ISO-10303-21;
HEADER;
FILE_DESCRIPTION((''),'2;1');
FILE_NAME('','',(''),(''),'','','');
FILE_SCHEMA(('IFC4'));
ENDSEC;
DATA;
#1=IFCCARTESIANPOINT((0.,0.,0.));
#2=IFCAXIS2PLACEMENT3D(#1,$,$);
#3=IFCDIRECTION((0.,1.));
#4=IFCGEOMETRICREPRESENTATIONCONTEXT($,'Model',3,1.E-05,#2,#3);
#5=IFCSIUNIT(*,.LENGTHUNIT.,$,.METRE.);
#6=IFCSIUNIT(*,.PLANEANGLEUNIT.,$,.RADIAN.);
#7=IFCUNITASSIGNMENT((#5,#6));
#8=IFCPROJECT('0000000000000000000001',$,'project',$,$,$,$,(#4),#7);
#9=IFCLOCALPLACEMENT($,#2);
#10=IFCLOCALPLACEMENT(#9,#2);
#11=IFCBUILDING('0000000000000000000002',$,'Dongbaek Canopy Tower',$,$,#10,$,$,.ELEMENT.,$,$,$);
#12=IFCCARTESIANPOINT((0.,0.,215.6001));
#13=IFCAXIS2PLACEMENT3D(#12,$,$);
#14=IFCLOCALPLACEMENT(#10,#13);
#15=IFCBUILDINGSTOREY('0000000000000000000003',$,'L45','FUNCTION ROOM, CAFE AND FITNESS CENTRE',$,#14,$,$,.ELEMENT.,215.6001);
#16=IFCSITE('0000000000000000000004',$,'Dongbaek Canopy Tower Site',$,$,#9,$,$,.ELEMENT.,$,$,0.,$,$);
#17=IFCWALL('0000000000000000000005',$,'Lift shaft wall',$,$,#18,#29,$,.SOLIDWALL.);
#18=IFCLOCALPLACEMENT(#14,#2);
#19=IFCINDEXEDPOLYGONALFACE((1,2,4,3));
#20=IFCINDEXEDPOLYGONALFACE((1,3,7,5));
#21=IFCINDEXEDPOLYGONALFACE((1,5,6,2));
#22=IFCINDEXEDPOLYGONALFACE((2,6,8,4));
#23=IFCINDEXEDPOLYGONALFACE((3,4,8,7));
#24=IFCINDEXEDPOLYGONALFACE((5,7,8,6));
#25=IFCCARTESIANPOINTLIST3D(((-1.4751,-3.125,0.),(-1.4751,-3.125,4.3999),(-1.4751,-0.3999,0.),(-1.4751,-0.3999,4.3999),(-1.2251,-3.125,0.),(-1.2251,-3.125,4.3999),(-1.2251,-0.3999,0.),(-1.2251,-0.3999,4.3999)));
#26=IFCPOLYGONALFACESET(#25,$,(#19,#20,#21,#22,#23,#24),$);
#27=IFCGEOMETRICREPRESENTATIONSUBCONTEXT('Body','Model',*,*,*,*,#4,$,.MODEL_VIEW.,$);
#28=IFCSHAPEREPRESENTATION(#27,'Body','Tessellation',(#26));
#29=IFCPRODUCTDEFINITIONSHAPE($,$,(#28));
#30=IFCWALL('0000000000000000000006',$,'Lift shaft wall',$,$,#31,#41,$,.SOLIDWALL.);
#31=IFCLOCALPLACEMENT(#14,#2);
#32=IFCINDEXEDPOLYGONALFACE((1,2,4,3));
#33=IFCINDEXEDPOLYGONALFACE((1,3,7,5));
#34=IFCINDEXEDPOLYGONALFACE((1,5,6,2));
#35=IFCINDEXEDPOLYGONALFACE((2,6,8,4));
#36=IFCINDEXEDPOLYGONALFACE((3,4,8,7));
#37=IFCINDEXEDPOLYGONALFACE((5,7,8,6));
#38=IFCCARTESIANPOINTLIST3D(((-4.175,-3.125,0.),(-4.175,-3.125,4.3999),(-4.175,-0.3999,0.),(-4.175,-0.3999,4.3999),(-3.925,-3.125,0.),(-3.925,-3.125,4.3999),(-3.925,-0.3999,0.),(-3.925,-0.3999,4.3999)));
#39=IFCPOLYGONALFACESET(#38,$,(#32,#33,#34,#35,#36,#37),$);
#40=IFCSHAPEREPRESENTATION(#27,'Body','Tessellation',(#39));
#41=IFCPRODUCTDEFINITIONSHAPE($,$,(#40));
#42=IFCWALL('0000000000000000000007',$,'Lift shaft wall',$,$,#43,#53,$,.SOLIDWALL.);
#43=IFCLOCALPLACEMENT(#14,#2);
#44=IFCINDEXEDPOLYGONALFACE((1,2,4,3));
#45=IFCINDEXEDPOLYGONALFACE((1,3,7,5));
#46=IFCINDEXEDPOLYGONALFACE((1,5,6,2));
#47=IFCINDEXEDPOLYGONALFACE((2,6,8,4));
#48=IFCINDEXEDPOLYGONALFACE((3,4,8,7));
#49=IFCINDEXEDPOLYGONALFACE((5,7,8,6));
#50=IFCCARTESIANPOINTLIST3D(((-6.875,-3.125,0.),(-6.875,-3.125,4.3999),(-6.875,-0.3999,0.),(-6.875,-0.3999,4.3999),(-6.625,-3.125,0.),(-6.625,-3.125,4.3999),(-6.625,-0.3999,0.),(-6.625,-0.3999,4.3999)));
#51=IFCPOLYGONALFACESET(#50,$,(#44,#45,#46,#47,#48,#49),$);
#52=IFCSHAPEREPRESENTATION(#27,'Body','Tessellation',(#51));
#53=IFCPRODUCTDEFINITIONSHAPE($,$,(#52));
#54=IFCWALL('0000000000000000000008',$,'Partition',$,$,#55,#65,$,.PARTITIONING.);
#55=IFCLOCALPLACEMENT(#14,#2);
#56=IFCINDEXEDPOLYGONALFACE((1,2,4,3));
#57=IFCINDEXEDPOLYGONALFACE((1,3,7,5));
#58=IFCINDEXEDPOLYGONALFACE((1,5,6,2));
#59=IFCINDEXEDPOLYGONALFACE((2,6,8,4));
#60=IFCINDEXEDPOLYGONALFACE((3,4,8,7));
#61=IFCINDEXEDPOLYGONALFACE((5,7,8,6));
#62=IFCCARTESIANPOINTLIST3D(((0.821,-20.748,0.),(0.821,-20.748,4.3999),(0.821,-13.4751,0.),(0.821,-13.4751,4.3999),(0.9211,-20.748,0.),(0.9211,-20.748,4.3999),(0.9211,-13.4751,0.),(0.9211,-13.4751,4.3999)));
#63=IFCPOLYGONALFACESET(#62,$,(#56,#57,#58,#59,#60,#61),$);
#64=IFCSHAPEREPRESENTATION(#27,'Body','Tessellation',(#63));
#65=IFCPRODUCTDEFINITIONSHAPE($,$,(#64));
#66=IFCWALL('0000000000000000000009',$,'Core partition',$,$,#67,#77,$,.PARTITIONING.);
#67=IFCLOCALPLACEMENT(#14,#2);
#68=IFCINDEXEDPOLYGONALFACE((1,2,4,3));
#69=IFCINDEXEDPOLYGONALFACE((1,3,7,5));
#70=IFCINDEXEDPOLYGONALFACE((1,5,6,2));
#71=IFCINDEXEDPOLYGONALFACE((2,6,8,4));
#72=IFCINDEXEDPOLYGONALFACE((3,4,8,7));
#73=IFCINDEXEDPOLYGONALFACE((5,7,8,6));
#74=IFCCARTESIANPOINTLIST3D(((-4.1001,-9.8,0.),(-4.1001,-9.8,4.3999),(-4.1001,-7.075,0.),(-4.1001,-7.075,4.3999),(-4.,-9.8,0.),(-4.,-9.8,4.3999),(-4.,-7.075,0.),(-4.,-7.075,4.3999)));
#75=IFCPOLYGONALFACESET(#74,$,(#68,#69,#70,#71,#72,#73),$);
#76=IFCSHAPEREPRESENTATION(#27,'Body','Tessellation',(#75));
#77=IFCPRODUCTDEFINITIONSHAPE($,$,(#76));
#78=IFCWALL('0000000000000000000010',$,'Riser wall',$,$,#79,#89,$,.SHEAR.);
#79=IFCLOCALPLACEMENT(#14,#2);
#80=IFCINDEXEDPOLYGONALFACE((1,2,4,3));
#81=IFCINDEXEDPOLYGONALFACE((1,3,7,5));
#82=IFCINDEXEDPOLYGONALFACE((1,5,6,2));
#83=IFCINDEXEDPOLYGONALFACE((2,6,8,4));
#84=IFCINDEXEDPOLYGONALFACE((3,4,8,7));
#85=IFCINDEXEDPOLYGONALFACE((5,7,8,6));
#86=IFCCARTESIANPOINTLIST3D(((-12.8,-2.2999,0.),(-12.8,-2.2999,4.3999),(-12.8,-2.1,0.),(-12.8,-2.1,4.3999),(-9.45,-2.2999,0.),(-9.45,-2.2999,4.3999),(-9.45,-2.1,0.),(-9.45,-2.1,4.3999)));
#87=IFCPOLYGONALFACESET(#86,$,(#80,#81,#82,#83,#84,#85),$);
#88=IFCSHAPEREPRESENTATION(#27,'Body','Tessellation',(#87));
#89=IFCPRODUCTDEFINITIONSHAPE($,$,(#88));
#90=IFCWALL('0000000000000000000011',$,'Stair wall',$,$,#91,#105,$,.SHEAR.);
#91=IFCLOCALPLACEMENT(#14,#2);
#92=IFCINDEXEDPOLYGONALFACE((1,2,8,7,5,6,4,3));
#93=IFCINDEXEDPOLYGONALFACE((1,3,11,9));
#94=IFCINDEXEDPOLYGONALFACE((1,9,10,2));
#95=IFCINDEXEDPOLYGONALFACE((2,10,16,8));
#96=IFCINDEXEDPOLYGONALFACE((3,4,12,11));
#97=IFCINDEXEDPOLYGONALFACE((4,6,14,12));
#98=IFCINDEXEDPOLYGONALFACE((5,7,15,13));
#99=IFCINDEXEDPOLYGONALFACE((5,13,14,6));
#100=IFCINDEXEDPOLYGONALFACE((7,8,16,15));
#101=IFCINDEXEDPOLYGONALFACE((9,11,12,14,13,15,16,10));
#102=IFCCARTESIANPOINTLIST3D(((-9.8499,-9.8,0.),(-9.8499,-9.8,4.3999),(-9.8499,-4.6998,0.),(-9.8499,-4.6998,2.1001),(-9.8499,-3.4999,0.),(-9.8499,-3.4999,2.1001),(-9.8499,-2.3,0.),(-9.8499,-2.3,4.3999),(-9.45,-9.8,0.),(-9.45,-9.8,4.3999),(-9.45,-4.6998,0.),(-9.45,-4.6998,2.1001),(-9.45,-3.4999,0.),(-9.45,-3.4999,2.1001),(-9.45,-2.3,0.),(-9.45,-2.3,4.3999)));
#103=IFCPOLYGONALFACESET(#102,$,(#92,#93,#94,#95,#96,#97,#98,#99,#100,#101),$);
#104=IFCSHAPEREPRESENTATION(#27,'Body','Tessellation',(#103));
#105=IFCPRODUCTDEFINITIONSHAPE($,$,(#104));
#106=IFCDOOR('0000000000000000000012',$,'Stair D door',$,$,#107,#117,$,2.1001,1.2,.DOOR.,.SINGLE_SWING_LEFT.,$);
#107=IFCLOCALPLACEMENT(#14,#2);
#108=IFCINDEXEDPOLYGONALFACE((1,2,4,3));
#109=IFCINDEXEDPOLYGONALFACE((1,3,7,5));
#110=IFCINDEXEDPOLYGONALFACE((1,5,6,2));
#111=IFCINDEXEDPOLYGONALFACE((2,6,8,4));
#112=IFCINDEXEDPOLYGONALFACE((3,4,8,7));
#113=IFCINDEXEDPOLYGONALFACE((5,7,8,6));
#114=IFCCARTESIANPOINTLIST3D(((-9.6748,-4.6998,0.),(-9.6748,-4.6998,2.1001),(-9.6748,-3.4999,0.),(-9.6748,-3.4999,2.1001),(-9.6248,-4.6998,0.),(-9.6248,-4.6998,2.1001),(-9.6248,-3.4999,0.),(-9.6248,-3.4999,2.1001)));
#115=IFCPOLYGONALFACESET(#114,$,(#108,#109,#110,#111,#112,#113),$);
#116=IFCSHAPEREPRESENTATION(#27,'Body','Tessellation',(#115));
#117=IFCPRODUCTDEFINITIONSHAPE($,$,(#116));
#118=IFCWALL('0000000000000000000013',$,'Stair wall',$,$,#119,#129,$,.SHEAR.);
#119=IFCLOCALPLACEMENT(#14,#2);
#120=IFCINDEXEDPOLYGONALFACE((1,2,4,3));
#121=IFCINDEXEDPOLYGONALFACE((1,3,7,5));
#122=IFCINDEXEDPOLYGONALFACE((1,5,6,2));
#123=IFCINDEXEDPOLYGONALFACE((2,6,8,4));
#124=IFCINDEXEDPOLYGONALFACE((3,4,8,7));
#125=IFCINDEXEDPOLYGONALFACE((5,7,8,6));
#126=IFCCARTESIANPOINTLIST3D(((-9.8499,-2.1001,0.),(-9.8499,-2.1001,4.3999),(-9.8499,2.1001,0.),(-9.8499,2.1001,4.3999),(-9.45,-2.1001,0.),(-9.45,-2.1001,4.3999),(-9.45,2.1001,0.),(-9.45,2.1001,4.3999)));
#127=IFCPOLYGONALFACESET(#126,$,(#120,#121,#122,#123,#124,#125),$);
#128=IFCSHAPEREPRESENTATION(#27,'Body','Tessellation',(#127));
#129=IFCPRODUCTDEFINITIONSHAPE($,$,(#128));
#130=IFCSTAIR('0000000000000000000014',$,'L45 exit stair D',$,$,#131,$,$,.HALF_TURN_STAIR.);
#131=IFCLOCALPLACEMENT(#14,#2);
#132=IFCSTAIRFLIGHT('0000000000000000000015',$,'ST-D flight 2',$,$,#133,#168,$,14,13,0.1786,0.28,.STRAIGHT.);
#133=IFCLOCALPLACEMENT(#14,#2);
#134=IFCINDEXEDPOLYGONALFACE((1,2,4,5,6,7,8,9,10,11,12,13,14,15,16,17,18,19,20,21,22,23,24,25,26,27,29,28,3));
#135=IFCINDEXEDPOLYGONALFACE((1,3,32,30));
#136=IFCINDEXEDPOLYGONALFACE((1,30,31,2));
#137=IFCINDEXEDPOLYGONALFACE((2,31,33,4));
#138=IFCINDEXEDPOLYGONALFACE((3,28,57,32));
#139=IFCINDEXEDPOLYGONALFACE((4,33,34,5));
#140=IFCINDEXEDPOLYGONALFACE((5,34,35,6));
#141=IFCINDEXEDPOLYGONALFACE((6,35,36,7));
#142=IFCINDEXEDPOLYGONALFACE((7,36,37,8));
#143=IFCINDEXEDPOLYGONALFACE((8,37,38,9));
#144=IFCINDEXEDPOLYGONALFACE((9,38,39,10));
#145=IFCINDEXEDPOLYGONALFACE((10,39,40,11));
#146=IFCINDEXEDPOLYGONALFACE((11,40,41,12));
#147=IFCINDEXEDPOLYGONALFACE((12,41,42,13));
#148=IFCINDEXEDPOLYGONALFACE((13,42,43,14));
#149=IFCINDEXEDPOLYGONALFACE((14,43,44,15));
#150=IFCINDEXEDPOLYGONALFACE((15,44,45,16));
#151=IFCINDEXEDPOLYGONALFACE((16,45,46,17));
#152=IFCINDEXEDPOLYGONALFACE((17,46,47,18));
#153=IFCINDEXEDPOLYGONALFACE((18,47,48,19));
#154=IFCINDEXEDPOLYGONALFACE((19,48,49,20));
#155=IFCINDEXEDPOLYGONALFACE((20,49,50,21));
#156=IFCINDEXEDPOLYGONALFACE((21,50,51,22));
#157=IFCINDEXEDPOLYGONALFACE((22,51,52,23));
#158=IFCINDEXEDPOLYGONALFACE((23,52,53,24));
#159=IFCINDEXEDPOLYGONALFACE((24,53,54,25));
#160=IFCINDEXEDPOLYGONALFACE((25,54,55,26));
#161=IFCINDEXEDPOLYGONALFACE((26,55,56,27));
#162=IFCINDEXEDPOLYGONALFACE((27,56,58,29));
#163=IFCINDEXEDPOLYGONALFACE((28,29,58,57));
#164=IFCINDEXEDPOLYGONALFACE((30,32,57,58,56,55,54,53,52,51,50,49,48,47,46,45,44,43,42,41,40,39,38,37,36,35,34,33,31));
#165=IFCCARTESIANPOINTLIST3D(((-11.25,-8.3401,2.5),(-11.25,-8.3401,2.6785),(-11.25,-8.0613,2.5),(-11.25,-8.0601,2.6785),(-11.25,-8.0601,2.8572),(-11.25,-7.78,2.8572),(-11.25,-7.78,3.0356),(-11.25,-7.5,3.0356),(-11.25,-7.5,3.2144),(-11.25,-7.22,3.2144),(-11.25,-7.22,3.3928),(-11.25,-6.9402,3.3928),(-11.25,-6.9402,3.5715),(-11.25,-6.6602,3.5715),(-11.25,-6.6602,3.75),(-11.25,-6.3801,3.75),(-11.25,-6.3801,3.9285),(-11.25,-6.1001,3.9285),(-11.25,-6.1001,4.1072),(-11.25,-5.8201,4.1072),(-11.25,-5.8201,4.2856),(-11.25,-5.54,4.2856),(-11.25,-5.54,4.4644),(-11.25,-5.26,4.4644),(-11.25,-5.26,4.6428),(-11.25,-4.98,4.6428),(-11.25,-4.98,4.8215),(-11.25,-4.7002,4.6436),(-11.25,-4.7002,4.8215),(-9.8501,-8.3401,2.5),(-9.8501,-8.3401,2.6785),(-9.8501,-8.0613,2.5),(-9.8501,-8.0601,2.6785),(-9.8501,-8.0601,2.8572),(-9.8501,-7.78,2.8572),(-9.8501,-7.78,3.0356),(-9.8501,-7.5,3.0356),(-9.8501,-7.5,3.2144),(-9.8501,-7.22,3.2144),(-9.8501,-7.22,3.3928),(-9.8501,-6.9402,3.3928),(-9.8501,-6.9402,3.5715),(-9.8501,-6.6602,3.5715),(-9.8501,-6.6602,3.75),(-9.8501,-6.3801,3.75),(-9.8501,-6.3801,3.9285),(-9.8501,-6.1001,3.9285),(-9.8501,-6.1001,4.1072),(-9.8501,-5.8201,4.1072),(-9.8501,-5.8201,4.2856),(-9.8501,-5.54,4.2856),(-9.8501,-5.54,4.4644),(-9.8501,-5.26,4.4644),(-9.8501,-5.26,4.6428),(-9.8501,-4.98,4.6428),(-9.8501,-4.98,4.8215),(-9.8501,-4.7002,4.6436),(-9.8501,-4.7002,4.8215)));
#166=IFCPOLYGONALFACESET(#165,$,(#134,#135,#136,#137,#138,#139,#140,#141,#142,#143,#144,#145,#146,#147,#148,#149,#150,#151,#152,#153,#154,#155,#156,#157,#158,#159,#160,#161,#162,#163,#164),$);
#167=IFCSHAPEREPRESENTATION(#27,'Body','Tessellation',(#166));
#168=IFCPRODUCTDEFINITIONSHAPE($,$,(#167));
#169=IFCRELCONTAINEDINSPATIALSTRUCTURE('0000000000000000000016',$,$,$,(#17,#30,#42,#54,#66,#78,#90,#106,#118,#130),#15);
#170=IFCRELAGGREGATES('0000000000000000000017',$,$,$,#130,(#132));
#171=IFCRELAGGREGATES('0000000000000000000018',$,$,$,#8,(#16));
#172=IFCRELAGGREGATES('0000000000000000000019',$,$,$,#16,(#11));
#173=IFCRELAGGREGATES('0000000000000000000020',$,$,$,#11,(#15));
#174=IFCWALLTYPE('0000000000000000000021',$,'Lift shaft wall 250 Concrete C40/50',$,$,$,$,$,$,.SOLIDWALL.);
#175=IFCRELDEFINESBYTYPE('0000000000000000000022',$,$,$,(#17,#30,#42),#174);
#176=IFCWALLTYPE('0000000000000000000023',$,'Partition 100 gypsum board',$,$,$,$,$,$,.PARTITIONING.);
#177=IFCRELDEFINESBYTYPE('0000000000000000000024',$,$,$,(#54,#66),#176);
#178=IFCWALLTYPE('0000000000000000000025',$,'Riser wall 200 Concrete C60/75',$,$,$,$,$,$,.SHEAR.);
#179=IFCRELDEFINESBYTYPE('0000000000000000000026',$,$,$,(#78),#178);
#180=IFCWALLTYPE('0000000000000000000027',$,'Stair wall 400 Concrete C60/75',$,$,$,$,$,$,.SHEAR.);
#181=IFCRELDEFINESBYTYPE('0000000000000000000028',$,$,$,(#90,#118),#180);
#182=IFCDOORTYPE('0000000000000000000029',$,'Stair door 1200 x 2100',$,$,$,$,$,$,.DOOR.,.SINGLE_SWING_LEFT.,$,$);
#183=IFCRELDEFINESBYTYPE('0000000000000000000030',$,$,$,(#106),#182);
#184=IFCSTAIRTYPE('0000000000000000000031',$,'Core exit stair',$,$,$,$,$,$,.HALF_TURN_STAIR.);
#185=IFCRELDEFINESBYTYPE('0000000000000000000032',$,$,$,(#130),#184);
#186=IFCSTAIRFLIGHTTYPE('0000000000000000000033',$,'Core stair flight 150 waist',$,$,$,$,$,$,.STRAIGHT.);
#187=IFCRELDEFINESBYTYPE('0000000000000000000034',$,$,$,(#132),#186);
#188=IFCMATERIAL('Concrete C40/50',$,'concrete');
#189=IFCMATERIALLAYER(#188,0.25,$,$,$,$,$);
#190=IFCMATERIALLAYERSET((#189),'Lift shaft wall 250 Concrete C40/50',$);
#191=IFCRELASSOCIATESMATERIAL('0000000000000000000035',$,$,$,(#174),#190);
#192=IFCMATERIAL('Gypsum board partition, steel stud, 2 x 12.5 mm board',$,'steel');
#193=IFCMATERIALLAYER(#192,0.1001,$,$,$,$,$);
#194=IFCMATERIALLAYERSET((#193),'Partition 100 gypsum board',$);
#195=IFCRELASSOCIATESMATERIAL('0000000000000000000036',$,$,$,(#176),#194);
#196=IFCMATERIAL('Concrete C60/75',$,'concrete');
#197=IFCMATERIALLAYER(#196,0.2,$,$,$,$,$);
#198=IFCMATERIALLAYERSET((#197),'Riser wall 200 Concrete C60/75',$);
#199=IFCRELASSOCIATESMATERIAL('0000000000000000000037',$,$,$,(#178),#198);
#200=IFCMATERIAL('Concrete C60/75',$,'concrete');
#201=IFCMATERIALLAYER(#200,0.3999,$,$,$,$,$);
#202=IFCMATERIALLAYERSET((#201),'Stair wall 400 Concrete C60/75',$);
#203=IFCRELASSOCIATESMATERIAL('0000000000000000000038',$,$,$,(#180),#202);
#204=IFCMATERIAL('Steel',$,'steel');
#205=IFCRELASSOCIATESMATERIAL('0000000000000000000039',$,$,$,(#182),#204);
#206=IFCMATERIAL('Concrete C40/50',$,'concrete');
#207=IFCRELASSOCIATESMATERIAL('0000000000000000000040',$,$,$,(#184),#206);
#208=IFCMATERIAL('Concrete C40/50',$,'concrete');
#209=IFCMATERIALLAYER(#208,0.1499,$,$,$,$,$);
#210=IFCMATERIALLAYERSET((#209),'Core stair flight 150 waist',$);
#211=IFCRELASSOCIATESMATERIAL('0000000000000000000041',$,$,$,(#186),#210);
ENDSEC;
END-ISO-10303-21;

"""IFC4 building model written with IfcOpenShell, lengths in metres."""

from ifc_helpers import new_model, si_unit, direction, frame, frame_2d, origin, place, context, subcontext, project, spatial, polyline, rectangle, outline, extrude, material, layer, layer_set, type_object, element, fill, aggregate, save


model = new_model("IFC4")

# Units and contexts
model_context = context("Model", 3, precision=1e-05, world=origin(), true_north=direction((0.0, 1.0)))
body_context = subcontext(model_context, "Body", "Model", "MODEL_VIEW")
ifc_project = project(units=[si_unit("LENGTHUNIT", "METRE"), si_unit("PLANEANGLEUNIT", "RADIAN")], contexts=[model_context])

# Site, building, storey
site_placement = place(None, origin())
site = spatial("IfcSite", under=ifc_project, at=site_placement, Name="Dongbaek Canopy Tower Site", CompositionType="ELEMENT", RefElevation=0.0)
building_placement = place(site_placement, origin())
building = spatial("IfcBuilding", under=site, at=building_placement, Name="Dongbaek Canopy Tower", CompositionType="ELEMENT")
storey_placement = place(building_placement, frame((0.0, 0.0, 215.6001)))
storey = spatial("IfcBuildingStorey", under=building, at=storey_placement, Name="L45", Description="FUNCTION ROOM, CAFE AND FITNESS CENTRE", CompositionType="ELEMENT", Elevation=215.6001)

# Walls
ifc_material_1 = material(Name="Concrete C40/50", Category="concrete")
ifc_layer_1 = layer(ifc_material_1, 0.25)
ifc_layer_set_1 = layer_set([ifc_layer_1], Name="Lift shaft wall 250 Concrete C40/50")
wall_type_1 = type_object("IfcWallType", Name="Lift shaft wall 250 Concrete C40/50", PredefinedType="SOLIDWALL", material=ifc_layer_set_1)
for number, where, z_axis, x_axis, name in (
    (1, (-1.3501, -3.125, 0.0), (0.0, 0.0, 1.0), (0.0, 1.0, 0.0), "Lift shaft wall"),
    (2, (-4.05, -3.125, 0.0), (0.0, 0.0, 1.0), (0.0, 1.0, 0.0), "Lift shaft wall"),
    (3, (-6.75, -3.125, 0.0), (0.0, 0.0, 1.0), (0.0, 1.0, 0.0), "Lift shaft wall"),
):
    element("IfcWall", number, at=place(storey_placement, frame(where, z_axis=z_axis, x_axis=x_axis)), inside=storey, type_object=wall_type_1, Name=name, PredefinedType="SOLIDWALL", context=body_context, shape_type="SweptSolid", body=[
        extrude(rectangle(XDim=2.7251, YDim=0.25, at=frame_2d((1.3625, 0.0))), origin(), (0.0, 0.0, 1.0), 4.3999),
    ])
ifc_material_2 = material(Name="Gypsum board partition, steel stud, 2 x 12.5 mm board", Category="steel")
ifc_layer_2 = layer(ifc_material_2, 0.1001)
ifc_layer_set_2 = layer_set([ifc_layer_2], Name="Partition 100 gypsum board")
wall_type_2 = type_object("IfcWallType", Name="Partition 100 gypsum board", PredefinedType="PARTITIONING", material=ifc_layer_set_2)
wall_1_placement = place(storey_placement, frame((0.8711, -20.748, 0.0), z_axis=(0.0, 0.0, 1.0), x_axis=(0.0, 1.0, 0.0)))
element("IfcWall", 4, at=wall_1_placement, inside=storey, type_object=wall_type_2, Name="Partition", PredefinedType="PARTITIONING", context=body_context, shape_type="SweptSolid", body=[
    extrude(rectangle(XDim=7.2729, YDim=0.1001, at=frame_2d((3.6365, 0.0))), origin(), (0.0, 0.0, 1.0), 4.3999),
])
wall_2_placement = place(storey_placement, frame((-4.05, -9.8, 0.0), z_axis=(0.0, 0.0, 1.0), x_axis=(0.0, 1.0, 0.0)))
element("IfcWall", 5, at=wall_2_placement, inside=storey, type_object=wall_type_2, Name="Core partition", PredefinedType="PARTITIONING", context=body_context, shape_type="SweptSolid", body=[
    extrude(rectangle(XDim=2.7251, YDim=0.1001, at=frame_2d((1.3625, 0.0))), origin(), (0.0, 0.0, 1.0), 4.3999),
])
ifc_material_3 = material(Name="Concrete C60/75", Category="concrete")
ifc_layer_3 = layer(ifc_material_3, 0.2)
ifc_layer_set_3 = layer_set([ifc_layer_3], Name="Riser wall 200 Concrete C60/75")
wall_type_3 = type_object("IfcWallType", Name="Riser wall 200 Concrete C60/75", PredefinedType="SHEAR", material=ifc_layer_set_3)
wall_3_placement = place(storey_placement, frame((-9.45, -2.2, 0.0), z_axis=(0.0, 0.0, 1.0), x_axis=(-1.0, 0.0, 0.0)))
element("IfcWall", 6, at=wall_3_placement, inside=storey, type_object=wall_type_3, Name="Riser wall", PredefinedType="SHEAR", context=body_context, shape_type="SweptSolid", body=[
    extrude(rectangle(XDim=3.3501, YDim=0.2, at=frame_2d((1.675, 0.0))), origin(), (0.0, 0.0, 1.0), 4.3999),
])

# Wall, opening, door
ifc_material_4 = material(Name="Concrete C60/75", Category="concrete")
ifc_layer_4 = layer(ifc_material_4, 0.3999)
ifc_layer_set_4 = layer_set([ifc_layer_4], Name="Stair wall 400 Concrete C60/75")
wall_type_4 = type_object("IfcWallType", Name="Stair wall 400 Concrete C60/75", PredefinedType="SHEAR", material=ifc_layer_set_4)
wall_4_placement = place(storey_placement, frame((-9.6499, -9.8, 0.0), z_axis=(0.0, 0.0, 1.0), x_axis=(0.0, 1.0, 0.0)))
wall_4 = element("IfcWall", 7, at=wall_4_placement, inside=storey, type_object=wall_type_4, Name="Stair wall", PredefinedType="SHEAR", context=body_context, shape_type="SweptSolid", body=[
    extrude(rectangle(XDim=7.5, YDim=0.3999, at=frame_2d((3.75, 0.0))), origin(), (0.0, 0.0, 1.0), 4.3999),
])
opening_1_placement = place(wall_4_placement, frame((5.1001, 0.0, 0.0)))
opening_1 = element("IfcOpeningElement", 8, at=opening_1_placement, cuts=wall_4, PredefinedType="OPENING", context=body_context, shape_type="SweptSolid", body=[
    extrude(rectangle(XDim=1.2, YDim=2.1001, at=frame_2d((0.6001, 1.05))), frame((0.0, 0.21, 0.0), z_axis=(0.0, -1.0, 0.0), x_axis=(1.0, 0.0, 0.0)), (0.0, 0.0, 1.0), 0.4199),
])
ifc_material_5 = material(Name="Steel", Category="steel")
door_type_1 = type_object("IfcDoorType", Name="Stair door 1200 x 2100", OperationType="SINGLE_SWING_LEFT", PredefinedType="DOOR", material=ifc_material_5)
door_1_placement = place(opening_1_placement, origin())
door_1 = element("IfcDoor", 9, at=door_1_placement, inside=storey, type_object=door_type_1, Name="Stair D door", OperationType="SINGLE_SWING_LEFT", OverallHeight=2.1001, OverallWidth=1.2, PredefinedType="DOOR", context=body_context, shape_type="SweptSolid", body=[
    extrude(rectangle(XDim=1.2, YDim=2.1001, at=frame_2d((0.6001, 1.05))), frame((0.0, 0.0249, 0.0), z_axis=(0.0, -1.0, 0.0), x_axis=(1.0, 0.0, 0.0)), (0.0, 0.0, 1.0), 0.05),
])
fill(opening_1, door_1)

# Wall
wall_5_placement = place(storey_placement, frame((-9.6499, -2.1001, 0.0), z_axis=(0.0, 0.0, 1.0), x_axis=(0.0, 1.0, 0.0)))
element("IfcWall", 10, at=wall_5_placement, inside=storey, type_object=wall_type_4, Name="Stair wall", PredefinedType="SHEAR", context=body_context, shape_type="SweptSolid", body=[
    extrude(rectangle(XDim=4.2002, YDim=0.3999, at=frame_2d((2.1001, 0.0))), origin(), (0.0, 0.0, 1.0), 4.3999),
])

# Stair, stair flight
ifc_material_6 = material(Name="Concrete C40/50", Category="concrete")
stair_type = type_object("IfcStairType", Name="Core exit stair", PredefinedType="HALF_TURN_STAIR", material=ifc_material_6)
stair_placement = place(storey_placement, origin())
stair = element("IfcStair", 11, at=stair_placement, inside=storey, type_object=stair_type, Name="L45 exit stair D", PredefinedType="HALF_TURN_STAIR")
ifc_material_7 = material(Name="Concrete C40/50", Category="concrete")
ifc_layer_5 = layer(ifc_material_7, 0.1499)
ifc_layer_set_5 = layer_set([ifc_layer_5], Name="Core stair flight 150 waist")
stair_flight_type = type_object("IfcStairFlightType", Name="Core stair flight 150 waist", PredefinedType="STRAIGHT", material=ifc_layer_set_5)
stair_flight_placement = place(storey_placement, frame((-10.55, -8.3401, 2.5), z_axis=(0.0, 0.0, 1.0), x_axis=(0.0, 1.0, 0.0)))
stair_flight = element("IfcStairFlight", 12, at=stair_flight_placement, type_object=stair_flight_type, Name="ST-D flight 2", NumberOfRisers=14, NumberOfTreads=13, PredefinedType="STRAIGHT", RiserHeight=0.1786, TreadLength=0.28, context=body_context, shape_type="SweptSolid", body=[
    extrude(outline(polyline([(0.0, 0.0), (0.0, 0.1785), (0.28, 0.1785), (0.28, 0.3572), (0.5601, 0.3572), (0.5601, 0.5356), (0.8401, 0.5356), (0.8401, 0.7144), (1.1201, 0.7144), (1.1201, 0.8928), (1.3999, 0.8928), (1.3999, 1.0715), (1.6799, 1.0715), (1.6799, 1.25), (1.96, 1.25), (1.96, 1.4285), (2.24, 1.4285), (2.24, 1.6072), (2.52, 1.6072), (2.52, 1.7856), (2.8, 1.7856), (2.8, 1.9644), (3.0801, 1.9644), (3.0801, 2.1428), (3.3601, 2.1428), (3.3601, 2.3215), (3.6399, 2.3215), (3.6399, 2.5), (3.6399, 2.1436), (0.2788, 0.0), (0.0, 0.0)])), frame((0.0, 0.7, 0.0), z_axis=(0.0, -1.0, 0.0), x_axis=(1.0, 0.0, 0.0)), (0.0, 0.0, 1.0), 1.3999),
])
aggregate(stair, [stair_flight])

save(model, "model.ifc")
